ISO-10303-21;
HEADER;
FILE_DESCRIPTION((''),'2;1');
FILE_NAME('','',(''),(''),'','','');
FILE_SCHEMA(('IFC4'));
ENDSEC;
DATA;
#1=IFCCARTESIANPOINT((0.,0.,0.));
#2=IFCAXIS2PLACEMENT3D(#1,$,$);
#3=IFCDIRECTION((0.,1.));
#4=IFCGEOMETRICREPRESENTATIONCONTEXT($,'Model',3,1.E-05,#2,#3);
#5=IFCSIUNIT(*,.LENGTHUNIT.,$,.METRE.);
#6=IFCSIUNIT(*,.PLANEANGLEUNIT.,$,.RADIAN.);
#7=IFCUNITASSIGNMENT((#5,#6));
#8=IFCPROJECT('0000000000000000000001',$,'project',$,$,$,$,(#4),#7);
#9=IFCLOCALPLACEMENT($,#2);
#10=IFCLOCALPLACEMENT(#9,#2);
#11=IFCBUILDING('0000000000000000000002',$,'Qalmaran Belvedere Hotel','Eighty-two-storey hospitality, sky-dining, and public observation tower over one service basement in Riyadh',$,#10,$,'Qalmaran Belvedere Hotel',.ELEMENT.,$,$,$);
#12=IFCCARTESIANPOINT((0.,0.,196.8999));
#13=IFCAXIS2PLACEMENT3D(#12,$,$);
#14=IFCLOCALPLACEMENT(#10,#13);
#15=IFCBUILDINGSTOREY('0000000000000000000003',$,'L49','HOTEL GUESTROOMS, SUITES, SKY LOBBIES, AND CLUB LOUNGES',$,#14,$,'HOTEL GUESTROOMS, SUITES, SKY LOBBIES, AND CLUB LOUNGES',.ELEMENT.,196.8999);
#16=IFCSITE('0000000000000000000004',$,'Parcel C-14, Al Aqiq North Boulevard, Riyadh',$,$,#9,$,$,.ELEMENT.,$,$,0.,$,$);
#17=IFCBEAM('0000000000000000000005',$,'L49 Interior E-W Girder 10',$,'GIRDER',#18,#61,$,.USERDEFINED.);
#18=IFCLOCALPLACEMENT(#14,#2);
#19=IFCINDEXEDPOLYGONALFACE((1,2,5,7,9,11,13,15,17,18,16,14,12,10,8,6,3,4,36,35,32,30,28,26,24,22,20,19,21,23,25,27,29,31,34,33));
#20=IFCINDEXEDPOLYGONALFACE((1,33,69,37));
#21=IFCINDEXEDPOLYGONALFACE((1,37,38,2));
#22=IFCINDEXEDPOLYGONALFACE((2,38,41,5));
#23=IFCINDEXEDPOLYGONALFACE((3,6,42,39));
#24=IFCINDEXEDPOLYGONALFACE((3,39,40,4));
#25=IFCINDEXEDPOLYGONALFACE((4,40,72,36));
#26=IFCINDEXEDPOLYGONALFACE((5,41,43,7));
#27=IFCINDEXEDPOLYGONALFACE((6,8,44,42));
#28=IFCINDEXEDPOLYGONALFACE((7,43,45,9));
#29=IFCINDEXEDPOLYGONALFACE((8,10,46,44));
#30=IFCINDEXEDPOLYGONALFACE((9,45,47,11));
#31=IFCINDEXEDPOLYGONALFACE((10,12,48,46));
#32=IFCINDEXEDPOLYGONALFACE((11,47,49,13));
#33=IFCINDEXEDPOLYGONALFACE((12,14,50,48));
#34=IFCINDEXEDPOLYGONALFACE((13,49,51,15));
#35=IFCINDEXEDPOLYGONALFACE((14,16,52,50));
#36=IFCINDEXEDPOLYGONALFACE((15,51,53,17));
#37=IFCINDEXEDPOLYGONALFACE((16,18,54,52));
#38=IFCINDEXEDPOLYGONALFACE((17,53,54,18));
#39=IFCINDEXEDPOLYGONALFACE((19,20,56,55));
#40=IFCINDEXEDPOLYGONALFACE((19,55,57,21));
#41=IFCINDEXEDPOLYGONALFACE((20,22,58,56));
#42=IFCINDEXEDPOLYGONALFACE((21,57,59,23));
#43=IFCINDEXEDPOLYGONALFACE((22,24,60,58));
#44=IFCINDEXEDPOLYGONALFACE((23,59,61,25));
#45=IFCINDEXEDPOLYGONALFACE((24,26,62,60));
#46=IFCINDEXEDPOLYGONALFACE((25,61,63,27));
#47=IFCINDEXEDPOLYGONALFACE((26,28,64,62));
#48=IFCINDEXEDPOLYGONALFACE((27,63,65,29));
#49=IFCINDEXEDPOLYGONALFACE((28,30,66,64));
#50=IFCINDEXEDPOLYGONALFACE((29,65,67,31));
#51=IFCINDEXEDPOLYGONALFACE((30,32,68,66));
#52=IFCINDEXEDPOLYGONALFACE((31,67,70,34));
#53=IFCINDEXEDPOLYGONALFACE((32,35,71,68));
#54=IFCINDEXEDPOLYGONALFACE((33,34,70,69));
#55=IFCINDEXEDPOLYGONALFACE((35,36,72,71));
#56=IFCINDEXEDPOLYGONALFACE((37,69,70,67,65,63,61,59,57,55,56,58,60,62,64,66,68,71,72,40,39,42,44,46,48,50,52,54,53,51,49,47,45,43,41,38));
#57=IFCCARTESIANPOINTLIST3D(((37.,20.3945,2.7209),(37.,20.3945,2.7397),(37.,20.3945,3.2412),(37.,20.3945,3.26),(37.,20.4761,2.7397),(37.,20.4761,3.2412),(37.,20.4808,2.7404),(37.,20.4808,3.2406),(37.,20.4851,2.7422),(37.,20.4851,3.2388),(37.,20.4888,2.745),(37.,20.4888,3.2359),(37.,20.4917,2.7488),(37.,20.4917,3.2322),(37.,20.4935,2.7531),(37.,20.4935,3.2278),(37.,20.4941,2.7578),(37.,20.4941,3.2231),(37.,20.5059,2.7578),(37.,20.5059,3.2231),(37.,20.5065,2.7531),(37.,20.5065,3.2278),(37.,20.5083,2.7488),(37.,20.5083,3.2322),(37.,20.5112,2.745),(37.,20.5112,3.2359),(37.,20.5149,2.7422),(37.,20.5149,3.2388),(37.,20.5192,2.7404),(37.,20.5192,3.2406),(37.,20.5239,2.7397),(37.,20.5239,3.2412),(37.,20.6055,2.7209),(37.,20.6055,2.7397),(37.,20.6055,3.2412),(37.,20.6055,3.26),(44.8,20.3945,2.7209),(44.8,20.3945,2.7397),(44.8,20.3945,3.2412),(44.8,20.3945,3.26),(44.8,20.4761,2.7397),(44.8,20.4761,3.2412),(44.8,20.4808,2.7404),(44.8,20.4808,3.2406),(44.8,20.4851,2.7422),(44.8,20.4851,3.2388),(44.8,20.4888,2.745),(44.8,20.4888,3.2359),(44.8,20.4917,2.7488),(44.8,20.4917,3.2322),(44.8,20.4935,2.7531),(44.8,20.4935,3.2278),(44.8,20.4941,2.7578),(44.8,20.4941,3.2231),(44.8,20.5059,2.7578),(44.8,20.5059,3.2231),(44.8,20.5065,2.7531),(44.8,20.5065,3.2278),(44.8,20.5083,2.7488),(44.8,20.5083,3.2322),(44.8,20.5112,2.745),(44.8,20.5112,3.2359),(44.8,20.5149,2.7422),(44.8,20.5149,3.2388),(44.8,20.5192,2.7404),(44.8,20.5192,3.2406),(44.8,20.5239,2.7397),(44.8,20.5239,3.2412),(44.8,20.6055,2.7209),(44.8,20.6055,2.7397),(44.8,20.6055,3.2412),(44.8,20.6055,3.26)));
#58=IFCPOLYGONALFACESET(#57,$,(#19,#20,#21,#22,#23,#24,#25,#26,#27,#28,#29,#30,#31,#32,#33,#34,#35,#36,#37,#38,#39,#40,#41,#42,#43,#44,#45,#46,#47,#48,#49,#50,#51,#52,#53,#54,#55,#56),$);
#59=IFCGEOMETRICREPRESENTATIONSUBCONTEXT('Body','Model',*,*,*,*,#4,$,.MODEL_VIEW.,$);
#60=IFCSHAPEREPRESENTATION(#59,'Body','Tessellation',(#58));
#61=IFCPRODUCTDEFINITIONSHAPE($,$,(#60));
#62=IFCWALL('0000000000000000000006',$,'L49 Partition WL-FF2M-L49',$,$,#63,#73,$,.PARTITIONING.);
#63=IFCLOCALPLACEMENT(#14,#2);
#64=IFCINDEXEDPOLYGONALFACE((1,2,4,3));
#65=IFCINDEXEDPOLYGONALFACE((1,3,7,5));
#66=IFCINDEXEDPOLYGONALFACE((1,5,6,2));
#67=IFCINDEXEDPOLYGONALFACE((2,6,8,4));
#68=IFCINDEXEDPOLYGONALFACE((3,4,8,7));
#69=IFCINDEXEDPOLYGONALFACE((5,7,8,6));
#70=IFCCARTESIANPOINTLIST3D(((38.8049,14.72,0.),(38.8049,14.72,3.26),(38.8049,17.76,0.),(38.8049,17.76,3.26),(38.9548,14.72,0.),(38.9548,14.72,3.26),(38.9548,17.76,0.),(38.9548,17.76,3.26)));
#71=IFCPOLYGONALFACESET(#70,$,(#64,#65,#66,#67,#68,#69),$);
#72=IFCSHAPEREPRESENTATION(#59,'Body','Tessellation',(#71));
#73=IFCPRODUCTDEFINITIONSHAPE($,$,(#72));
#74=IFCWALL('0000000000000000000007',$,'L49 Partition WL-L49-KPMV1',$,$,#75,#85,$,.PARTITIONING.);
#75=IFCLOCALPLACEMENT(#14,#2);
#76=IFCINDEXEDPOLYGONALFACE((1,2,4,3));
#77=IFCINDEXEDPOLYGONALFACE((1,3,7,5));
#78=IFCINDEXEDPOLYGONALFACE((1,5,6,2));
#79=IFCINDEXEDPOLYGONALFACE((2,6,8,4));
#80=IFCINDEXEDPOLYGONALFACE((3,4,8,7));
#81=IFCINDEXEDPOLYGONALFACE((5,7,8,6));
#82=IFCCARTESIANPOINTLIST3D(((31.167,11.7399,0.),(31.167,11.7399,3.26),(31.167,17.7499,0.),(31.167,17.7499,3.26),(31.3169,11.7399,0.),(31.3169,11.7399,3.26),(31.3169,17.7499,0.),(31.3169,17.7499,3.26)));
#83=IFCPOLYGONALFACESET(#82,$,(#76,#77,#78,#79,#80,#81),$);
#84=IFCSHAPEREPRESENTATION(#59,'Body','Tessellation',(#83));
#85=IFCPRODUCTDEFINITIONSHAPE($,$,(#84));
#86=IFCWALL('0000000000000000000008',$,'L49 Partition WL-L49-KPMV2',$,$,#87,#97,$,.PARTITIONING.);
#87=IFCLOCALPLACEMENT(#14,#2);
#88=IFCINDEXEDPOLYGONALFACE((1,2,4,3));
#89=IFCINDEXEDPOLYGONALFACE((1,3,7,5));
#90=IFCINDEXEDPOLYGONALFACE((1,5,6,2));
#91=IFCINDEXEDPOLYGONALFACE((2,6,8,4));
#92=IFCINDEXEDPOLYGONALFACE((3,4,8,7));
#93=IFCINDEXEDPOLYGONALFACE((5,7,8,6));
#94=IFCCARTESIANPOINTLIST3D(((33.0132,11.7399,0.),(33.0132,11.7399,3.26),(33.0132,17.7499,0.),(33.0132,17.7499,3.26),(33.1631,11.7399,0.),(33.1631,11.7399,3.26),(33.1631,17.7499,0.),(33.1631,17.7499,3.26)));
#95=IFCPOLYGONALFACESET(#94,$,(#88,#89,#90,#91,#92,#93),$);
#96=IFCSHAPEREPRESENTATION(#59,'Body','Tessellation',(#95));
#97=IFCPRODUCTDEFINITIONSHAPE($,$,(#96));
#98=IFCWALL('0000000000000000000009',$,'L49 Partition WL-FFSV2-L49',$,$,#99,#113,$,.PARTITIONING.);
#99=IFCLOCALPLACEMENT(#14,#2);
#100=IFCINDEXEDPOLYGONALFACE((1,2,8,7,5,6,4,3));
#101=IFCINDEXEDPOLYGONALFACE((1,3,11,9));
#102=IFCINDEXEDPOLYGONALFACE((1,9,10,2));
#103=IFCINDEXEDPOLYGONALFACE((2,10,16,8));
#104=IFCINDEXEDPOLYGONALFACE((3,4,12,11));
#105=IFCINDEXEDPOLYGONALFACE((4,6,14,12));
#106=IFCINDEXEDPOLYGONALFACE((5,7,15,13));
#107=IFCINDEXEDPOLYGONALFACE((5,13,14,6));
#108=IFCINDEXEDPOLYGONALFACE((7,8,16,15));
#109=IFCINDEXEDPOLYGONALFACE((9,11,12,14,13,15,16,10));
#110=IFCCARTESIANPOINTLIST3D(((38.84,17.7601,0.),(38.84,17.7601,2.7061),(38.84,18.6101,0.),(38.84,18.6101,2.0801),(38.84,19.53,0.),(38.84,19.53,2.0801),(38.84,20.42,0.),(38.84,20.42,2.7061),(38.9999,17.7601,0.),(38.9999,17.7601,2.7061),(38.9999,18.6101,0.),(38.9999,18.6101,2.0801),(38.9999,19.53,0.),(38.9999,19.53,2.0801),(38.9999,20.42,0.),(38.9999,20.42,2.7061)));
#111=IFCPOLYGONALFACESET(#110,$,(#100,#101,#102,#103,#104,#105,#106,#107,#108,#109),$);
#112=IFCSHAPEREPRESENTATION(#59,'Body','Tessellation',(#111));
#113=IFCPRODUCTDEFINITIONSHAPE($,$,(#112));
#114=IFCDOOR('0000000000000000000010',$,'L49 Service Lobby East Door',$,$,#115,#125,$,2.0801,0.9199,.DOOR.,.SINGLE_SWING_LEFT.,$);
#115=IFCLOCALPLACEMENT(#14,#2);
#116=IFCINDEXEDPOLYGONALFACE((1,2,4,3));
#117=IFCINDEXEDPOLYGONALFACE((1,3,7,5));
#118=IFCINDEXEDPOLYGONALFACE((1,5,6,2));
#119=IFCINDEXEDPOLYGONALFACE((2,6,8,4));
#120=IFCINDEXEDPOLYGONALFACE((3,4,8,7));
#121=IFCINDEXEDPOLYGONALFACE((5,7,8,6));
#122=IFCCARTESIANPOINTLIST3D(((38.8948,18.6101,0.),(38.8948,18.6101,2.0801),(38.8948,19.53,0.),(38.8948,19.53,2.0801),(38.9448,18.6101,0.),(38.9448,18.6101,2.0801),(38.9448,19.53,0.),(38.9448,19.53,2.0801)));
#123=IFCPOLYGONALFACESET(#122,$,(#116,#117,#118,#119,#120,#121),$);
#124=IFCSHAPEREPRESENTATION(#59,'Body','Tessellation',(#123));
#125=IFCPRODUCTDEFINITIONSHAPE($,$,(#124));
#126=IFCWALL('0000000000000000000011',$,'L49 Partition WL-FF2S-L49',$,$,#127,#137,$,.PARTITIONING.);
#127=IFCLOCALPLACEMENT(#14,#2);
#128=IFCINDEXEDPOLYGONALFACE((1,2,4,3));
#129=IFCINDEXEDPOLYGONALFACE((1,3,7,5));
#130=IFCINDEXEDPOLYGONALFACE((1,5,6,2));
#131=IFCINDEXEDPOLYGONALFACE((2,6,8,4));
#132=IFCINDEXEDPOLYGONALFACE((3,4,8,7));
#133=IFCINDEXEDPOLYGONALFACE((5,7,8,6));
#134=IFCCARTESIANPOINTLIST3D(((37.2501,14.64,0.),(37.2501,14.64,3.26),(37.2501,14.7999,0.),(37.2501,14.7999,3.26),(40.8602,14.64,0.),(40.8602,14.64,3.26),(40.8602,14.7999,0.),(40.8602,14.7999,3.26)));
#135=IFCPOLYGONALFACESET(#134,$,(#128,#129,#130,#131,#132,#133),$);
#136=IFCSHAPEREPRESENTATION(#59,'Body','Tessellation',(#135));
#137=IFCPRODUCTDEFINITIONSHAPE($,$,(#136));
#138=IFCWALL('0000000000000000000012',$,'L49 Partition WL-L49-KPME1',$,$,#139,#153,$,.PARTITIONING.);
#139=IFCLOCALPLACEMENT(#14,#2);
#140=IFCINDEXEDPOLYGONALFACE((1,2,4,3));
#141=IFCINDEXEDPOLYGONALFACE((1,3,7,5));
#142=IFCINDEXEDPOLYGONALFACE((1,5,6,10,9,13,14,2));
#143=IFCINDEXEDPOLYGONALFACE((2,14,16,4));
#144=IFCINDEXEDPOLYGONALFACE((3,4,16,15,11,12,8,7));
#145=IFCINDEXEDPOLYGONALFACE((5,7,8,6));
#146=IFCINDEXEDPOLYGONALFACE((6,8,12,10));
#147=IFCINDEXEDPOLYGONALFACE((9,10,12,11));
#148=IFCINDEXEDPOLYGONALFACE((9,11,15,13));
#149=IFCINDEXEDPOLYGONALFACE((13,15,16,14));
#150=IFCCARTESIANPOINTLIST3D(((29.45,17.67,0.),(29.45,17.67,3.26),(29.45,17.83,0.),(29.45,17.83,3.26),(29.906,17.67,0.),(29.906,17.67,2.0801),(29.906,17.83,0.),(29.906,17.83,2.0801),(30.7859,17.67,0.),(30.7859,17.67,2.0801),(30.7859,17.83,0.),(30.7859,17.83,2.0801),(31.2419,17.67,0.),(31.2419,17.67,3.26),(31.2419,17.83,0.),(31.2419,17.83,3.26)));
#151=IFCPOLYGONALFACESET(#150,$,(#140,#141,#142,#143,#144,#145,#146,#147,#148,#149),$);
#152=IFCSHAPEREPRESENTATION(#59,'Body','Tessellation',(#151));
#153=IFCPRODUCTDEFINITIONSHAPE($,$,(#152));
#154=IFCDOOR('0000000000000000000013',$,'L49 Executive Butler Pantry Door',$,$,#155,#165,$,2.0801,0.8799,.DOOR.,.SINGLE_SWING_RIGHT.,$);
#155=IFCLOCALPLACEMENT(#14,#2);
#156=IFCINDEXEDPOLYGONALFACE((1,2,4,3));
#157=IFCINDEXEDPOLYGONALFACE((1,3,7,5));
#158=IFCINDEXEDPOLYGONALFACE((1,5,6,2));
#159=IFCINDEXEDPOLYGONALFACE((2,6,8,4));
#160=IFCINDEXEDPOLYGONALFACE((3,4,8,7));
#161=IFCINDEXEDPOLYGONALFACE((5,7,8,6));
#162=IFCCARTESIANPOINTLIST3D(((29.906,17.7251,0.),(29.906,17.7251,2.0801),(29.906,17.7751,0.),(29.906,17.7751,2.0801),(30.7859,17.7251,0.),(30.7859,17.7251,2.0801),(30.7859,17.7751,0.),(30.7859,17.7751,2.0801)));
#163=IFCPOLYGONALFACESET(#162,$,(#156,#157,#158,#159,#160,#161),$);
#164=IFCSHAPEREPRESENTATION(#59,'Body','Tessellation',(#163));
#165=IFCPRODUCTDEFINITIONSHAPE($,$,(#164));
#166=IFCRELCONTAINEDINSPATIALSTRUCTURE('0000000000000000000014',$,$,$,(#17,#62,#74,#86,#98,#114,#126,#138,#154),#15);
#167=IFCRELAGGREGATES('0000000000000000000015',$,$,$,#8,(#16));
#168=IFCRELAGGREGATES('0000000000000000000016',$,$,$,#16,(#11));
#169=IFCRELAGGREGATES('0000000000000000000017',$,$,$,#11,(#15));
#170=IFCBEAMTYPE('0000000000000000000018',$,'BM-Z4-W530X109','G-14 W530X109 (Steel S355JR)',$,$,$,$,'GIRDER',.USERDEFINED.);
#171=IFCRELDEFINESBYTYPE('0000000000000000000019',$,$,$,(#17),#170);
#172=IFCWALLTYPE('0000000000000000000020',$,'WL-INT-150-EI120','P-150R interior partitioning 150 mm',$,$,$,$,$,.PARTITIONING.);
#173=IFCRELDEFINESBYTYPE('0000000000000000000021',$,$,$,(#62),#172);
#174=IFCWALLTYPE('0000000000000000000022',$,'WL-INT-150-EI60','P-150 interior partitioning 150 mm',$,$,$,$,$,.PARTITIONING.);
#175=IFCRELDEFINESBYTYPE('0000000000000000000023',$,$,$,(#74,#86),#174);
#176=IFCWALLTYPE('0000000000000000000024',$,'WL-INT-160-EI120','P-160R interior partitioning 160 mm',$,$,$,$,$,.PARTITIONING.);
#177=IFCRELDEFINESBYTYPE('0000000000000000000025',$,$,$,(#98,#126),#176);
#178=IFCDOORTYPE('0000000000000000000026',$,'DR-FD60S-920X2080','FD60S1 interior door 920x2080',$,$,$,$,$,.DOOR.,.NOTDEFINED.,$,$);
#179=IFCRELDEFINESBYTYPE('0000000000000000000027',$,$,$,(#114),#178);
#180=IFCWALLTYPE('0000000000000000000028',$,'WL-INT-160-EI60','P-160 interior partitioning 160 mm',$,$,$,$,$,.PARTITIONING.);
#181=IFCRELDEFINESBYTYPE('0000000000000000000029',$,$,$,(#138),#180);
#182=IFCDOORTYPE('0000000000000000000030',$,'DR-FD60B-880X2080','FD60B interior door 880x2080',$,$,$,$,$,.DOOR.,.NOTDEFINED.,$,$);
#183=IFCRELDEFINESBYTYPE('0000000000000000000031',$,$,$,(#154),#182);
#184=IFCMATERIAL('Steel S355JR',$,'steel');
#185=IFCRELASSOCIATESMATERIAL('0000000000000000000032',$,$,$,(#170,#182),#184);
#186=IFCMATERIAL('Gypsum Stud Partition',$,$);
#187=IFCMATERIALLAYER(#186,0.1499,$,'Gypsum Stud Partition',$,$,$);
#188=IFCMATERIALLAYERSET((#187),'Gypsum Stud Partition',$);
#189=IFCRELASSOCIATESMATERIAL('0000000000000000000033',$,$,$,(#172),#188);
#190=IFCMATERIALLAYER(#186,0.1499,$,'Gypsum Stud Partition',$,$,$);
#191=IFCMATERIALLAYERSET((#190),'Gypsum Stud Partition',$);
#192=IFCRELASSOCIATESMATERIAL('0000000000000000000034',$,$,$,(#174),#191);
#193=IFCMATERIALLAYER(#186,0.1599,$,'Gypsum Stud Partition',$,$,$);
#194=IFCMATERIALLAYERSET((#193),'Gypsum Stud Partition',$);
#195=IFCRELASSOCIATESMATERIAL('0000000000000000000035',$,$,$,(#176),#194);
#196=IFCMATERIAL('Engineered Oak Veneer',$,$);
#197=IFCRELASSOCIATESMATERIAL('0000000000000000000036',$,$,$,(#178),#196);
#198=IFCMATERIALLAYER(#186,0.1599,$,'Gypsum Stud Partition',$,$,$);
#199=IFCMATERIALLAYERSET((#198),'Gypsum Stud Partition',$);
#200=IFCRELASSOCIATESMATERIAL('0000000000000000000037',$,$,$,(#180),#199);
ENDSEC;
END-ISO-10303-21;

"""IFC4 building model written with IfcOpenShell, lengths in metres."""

from ifc_helpers import new_model, si_unit, direction, frame, frame_2d, origin, origin_2d, place, context, subcontext, project, spatial, rectangle, i_section, extrude, material, layer, layer_set, material_profile, profile_set, type_object, element, fill, save


model = new_model("IFC4")

# Units and contexts
model_context = context("Model", 3, precision=1e-05, world=origin(), true_north=direction((0.0, 1.0)))
body_context = subcontext(model_context, "Body", "Model", "MODEL_VIEW")
ifc_project = project(units=[si_unit("LENGTHUNIT", "METRE"), si_unit("PLANEANGLEUNIT", "RADIAN")], contexts=[model_context])

# Site, building, storey
site_placement = place(None, origin())
site = spatial("IfcSite", under=ifc_project, at=site_placement, Name="Parcel C-14, Al Aqiq North Boulevard, Riyadh", CompositionType="ELEMENT", RefElevation=0.0)
building_placement = place(site_placement, origin())
building = spatial("IfcBuilding", under=site, at=building_placement, Name="Qalmaran Belvedere Hotel", Description="Eighty-two-storey hospitality, sky-dining, and public observation tower over one service basement in Riyadh", LongName="Qalmaran Belvedere Hotel", CompositionType="ELEMENT")
storey_placement = place(building_placement, frame((0.0, 0.0, 196.8999)))
storey = spatial("IfcBuildingStorey", under=building, at=storey_placement, Name="L49", Description="HOTEL GUESTROOMS, SUITES, SKY LOBBIES, AND CLUB LOUNGES", LongName="HOTEL GUESTROOMS, SUITES, SKY LOBBIES, AND CLUB LOUNGES", CompositionType="ELEMENT", Elevation=196.8999)

# Beam
ifc_material_1 = material(Name="Steel S355JR", Category="steel")
ifc_material_profile_1 = material_profile(ifc_material_1, i_section(OverallWidth=0.2109, OverallDepth=0.5391, WebThickness=0.0117, FlangeThickness=0.0188, FilletRadius=0.0181, at=origin_2d()), Name="W530X109")
ifc_profile_set_1 = profile_set([ifc_material_profile_1], Name="Steel S355JR")
beam_type_1 = type_object("IfcBeamType", Name="BM-Z4-W530X109", Description="G-14 W530X109 (Steel S355JR)", ElementType="GIRDER", PredefinedType="USERDEFINED", material=ifc_profile_set_1)
for number, where, z_axis, x_axis, name in (
    (1, (37.0, 20.5, 2.9905), (1.0, 0.0, 0.0), (0.0, 1.0, 0.0), "L49 Interior E-W Girder 10"),
):
    element("IfcBeam", number, at=place(storey_placement, frame(where, z_axis=z_axis, x_axis=x_axis)), inside=storey, type_object=beam_type_1, Name=name, ObjectType="GIRDER", PredefinedType="USERDEFINED", context=body_context, shape_type="SweptSolid", body=[
        extrude(i_section(OverallWidth=0.2109, OverallDepth=0.5391, WebThickness=0.0117, FlangeThickness=0.0188, FilletRadius=0.0181, at=origin_2d()), origin(), (0.0, 0.0, 1.0), 7.8),
    ])

# Walls
ifc_material_2 = material(Name="Gypsum Stud Partition")
ifc_layer_1 = layer(ifc_material_2, 0.1499, Name="Gypsum Stud Partition")
ifc_layer_set_1 = layer_set([ifc_layer_1], Name="Gypsum Stud Partition")
wall_type_1 = type_object("IfcWallType", Name="WL-INT-150-EI120", Description="P-150R interior partitioning 150 mm", PredefinedType="PARTITIONING", material=ifc_layer_set_1)
wall_1_placement = place(storey_placement, frame((38.8799, 14.72, 0.0), z_axis=(0.0, 0.0, 1.0), x_axis=(0.0, 1.0, 0.0)))
element("IfcWall", 2, at=wall_1_placement, inside=storey, type_object=wall_type_1, Name="L49 Partition WL-FF2M-L49", PredefinedType="PARTITIONING", context=body_context, shape_type="SweptSolid", body=[
    extrude(rectangle(XDim=3.04, YDim=0.1499, at=frame_2d((1.52, 0.0))), origin(), (0.0, 0.0, 1.0), 3.26),
])
ifc_layer_2 = layer(ifc_material_2, 0.1499, Name="Gypsum Stud Partition")
ifc_layer_set_2 = layer_set([ifc_layer_2], Name="Gypsum Stud Partition")
wall_type_2 = type_object("IfcWallType", Name="WL-INT-150-EI60", Description="P-150 interior partitioning 150 mm", PredefinedType="PARTITIONING", material=ifc_layer_set_2)
for number, where, z_axis, x_axis, name in (
    (3, (31.2419, 11.74, 0.0), (0.0, 0.0, 1.0), (0.0, 1.0, 0.0), "L49 Partition WL-L49-KPMV1"),
    (4, (33.0881, 11.74, 0.0), (0.0, 0.0, 1.0), (0.0, 1.0, 0.0), "L49 Partition WL-L49-KPMV2"),
):
    element("IfcWall", number, at=place(storey_placement, frame(where, z_axis=z_axis, x_axis=x_axis)), inside=storey, type_object=wall_type_2, Name=name, PredefinedType="PARTITIONING", context=body_context, shape_type="SweptSolid", body=[
        extrude(rectangle(XDim=6.01, YDim=0.1499, at=frame_2d((3.0049, 0.0))), origin(), (0.0, 0.0, 1.0), 3.26),
    ])

# Wall, opening, door
ifc_layer_3 = layer(ifc_material_2, 0.1599, Name="Gypsum Stud Partition")
ifc_layer_set_3 = layer_set([ifc_layer_3], Name="Gypsum Stud Partition")
wall_type_3 = type_object("IfcWallType", Name="WL-INT-160-EI120", Description="P-160R interior partitioning 160 mm", PredefinedType="PARTITIONING", material=ifc_layer_set_3)
wall_2_placement = place(storey_placement, frame((38.9199, 17.76, 0.0), z_axis=(0.0, 0.0, 1.0), x_axis=(0.0, 1.0, 0.0)))
wall_2 = element("IfcWall", 5, at=wall_2_placement, inside=storey, type_object=wall_type_3, Name="L49 Partition WL-FFSV2-L49", PredefinedType="PARTITIONING", context=body_context, shape_type="SweptSolid", body=[
    extrude(rectangle(XDim=2.6599, YDim=0.1599, at=frame_2d((1.3301, 0.0))), origin(), (0.0, 0.0, 1.0), 2.7061),
])
opening_1_placement = place(wall_2_placement, frame((1.77, 0.0, 0.0), z_axis=(0.0, 0.0, 1.0), x_axis=(-1.0, 0.0, 0.0)))
opening_1 = element("IfcOpeningElement", 6, at=opening_1_placement, cuts=wall_2, PredefinedType="OPENING", context=body_context, shape_type="SweptSolid", body=[
    extrude(rectangle(XDim=0.9199, YDim=2.0801, at=frame_2d((0.46, 1.04))), frame((0.0, 0.0898, 0.0), z_axis=(0.0, -1.0, 0.0), x_axis=(1.0, 0.0, 0.0)), (0.0, 0.0, 1.0), 0.1799),
])
ifc_material_3 = material(Name="Engineered Oak Veneer")
door_type_1 = type_object("IfcDoorType", Name="DR-FD60S-920X2080", Description="FD60S1 interior door 920x2080", OperationType="NOTDEFINED", PredefinedType="DOOR", material=ifc_material_3)
door_1_placement = place(opening_1_placement, origin())
door_1 = element("IfcDoor", 7, at=door_1_placement, inside=storey, type_object=door_type_1, Name="L49 Service Lobby East Door", OperationType="SINGLE_SWING_LEFT", OverallHeight=2.0801, OverallWidth=0.9199, PredefinedType="DOOR", context=body_context, shape_type="SweptSolid", body=[
    extrude(rectangle(XDim=0.9199, YDim=2.0801, at=frame_2d((0.46, 1.04))), frame((0.0, 0.0249, 0.0), z_axis=(0.0, -1.0, 0.0), x_axis=(1.0, 0.0, 0.0)), (0.0, 0.0, 1.0), 0.05),
])
fill(opening_1, door_1)

# Wall
wall_3_placement = place(storey_placement, frame((37.25, 14.72, 0.0), z_axis=(0.0, 0.0, 1.0), x_axis=(1.0, 0.0, 0.0)))
element("IfcWall", 8, at=wall_3_placement, inside=storey, type_object=wall_type_3, Name="L49 Partition WL-FF2S-L49", PredefinedType="PARTITIONING", context=body_context, shape_type="SweptSolid", body=[
    extrude(rectangle(XDim=3.6101, YDim=0.1599, at=frame_2d((1.8052, 0.0))), origin(), (0.0, 0.0, 1.0), 3.26),
])

# Wall, opening, door
ifc_layer_4 = layer(ifc_material_2, 0.1599, Name="Gypsum Stud Partition")
ifc_layer_set_4 = layer_set([ifc_layer_4], Name="Gypsum Stud Partition")
wall_type_4 = type_object("IfcWallType", Name="WL-INT-160-EI60", Description="P-160 interior partitioning 160 mm", PredefinedType="PARTITIONING", material=ifc_layer_set_4)
wall_4_placement = place(storey_placement, frame((29.45, 17.75, 0.0), z_axis=(0.0, 0.0, 1.0), x_axis=(1.0, 0.0, 0.0)))
wall_4 = element("IfcWall", 9, at=wall_4_placement, inside=storey, type_object=wall_type_4, Name="L49 Partition WL-L49-KPME1", PredefinedType="PARTITIONING", context=body_context, shape_type="SweptSolid", body=[
    extrude(rectangle(XDim=1.792, YDim=0.1599, at=frame_2d((0.896, 0.0))), origin(), (0.0, 0.0, 1.0), 3.26),
])
opening_2_placement = place(wall_4_placement, frame((1.3359, 0.0, 0.0), z_axis=(0.0, 0.0, 1.0), x_axis=(-1.0, 0.0, 0.0)))
opening_2 = element("IfcOpeningElement", 10, at=opening_2_placement, cuts=wall_4, PredefinedType="OPENING", context=body_context, shape_type="SweptSolid", body=[
    extrude(rectangle(XDim=0.8799, YDim=2.0801, at=frame_2d((0.4399, 1.04))), frame((0.0, 0.0898, 0.0), z_axis=(0.0, -1.0, 0.0), x_axis=(1.0, 0.0, 0.0)), (0.0, 0.0, 1.0), 0.1799),
])
door_type_2 = type_object("IfcDoorType", Name="DR-FD60B-880X2080", Description="FD60B interior door 880x2080", OperationType="NOTDEFINED", PredefinedType="DOOR", material=ifc_material_1)
door_2_placement = place(opening_2_placement, origin())
door_2 = element("IfcDoor", 11, at=door_2_placement, inside=storey, type_object=door_type_2, Name="L49 Executive Butler Pantry Door", OperationType="SINGLE_SWING_RIGHT", OverallHeight=2.0801, OverallWidth=0.8799, PredefinedType="DOOR", context=body_context, shape_type="SweptSolid", body=[
    extrude(rectangle(XDim=0.8799, YDim=2.0801, at=frame_2d((0.4399, 1.04))), frame((0.0, 0.0249, 0.0), z_axis=(0.0, -1.0, 0.0), x_axis=(1.0, 0.0, 0.0)), (0.0, 0.0, 1.0), 0.05),
])
fill(opening_2, door_2)

save(model, "model.ifc")
